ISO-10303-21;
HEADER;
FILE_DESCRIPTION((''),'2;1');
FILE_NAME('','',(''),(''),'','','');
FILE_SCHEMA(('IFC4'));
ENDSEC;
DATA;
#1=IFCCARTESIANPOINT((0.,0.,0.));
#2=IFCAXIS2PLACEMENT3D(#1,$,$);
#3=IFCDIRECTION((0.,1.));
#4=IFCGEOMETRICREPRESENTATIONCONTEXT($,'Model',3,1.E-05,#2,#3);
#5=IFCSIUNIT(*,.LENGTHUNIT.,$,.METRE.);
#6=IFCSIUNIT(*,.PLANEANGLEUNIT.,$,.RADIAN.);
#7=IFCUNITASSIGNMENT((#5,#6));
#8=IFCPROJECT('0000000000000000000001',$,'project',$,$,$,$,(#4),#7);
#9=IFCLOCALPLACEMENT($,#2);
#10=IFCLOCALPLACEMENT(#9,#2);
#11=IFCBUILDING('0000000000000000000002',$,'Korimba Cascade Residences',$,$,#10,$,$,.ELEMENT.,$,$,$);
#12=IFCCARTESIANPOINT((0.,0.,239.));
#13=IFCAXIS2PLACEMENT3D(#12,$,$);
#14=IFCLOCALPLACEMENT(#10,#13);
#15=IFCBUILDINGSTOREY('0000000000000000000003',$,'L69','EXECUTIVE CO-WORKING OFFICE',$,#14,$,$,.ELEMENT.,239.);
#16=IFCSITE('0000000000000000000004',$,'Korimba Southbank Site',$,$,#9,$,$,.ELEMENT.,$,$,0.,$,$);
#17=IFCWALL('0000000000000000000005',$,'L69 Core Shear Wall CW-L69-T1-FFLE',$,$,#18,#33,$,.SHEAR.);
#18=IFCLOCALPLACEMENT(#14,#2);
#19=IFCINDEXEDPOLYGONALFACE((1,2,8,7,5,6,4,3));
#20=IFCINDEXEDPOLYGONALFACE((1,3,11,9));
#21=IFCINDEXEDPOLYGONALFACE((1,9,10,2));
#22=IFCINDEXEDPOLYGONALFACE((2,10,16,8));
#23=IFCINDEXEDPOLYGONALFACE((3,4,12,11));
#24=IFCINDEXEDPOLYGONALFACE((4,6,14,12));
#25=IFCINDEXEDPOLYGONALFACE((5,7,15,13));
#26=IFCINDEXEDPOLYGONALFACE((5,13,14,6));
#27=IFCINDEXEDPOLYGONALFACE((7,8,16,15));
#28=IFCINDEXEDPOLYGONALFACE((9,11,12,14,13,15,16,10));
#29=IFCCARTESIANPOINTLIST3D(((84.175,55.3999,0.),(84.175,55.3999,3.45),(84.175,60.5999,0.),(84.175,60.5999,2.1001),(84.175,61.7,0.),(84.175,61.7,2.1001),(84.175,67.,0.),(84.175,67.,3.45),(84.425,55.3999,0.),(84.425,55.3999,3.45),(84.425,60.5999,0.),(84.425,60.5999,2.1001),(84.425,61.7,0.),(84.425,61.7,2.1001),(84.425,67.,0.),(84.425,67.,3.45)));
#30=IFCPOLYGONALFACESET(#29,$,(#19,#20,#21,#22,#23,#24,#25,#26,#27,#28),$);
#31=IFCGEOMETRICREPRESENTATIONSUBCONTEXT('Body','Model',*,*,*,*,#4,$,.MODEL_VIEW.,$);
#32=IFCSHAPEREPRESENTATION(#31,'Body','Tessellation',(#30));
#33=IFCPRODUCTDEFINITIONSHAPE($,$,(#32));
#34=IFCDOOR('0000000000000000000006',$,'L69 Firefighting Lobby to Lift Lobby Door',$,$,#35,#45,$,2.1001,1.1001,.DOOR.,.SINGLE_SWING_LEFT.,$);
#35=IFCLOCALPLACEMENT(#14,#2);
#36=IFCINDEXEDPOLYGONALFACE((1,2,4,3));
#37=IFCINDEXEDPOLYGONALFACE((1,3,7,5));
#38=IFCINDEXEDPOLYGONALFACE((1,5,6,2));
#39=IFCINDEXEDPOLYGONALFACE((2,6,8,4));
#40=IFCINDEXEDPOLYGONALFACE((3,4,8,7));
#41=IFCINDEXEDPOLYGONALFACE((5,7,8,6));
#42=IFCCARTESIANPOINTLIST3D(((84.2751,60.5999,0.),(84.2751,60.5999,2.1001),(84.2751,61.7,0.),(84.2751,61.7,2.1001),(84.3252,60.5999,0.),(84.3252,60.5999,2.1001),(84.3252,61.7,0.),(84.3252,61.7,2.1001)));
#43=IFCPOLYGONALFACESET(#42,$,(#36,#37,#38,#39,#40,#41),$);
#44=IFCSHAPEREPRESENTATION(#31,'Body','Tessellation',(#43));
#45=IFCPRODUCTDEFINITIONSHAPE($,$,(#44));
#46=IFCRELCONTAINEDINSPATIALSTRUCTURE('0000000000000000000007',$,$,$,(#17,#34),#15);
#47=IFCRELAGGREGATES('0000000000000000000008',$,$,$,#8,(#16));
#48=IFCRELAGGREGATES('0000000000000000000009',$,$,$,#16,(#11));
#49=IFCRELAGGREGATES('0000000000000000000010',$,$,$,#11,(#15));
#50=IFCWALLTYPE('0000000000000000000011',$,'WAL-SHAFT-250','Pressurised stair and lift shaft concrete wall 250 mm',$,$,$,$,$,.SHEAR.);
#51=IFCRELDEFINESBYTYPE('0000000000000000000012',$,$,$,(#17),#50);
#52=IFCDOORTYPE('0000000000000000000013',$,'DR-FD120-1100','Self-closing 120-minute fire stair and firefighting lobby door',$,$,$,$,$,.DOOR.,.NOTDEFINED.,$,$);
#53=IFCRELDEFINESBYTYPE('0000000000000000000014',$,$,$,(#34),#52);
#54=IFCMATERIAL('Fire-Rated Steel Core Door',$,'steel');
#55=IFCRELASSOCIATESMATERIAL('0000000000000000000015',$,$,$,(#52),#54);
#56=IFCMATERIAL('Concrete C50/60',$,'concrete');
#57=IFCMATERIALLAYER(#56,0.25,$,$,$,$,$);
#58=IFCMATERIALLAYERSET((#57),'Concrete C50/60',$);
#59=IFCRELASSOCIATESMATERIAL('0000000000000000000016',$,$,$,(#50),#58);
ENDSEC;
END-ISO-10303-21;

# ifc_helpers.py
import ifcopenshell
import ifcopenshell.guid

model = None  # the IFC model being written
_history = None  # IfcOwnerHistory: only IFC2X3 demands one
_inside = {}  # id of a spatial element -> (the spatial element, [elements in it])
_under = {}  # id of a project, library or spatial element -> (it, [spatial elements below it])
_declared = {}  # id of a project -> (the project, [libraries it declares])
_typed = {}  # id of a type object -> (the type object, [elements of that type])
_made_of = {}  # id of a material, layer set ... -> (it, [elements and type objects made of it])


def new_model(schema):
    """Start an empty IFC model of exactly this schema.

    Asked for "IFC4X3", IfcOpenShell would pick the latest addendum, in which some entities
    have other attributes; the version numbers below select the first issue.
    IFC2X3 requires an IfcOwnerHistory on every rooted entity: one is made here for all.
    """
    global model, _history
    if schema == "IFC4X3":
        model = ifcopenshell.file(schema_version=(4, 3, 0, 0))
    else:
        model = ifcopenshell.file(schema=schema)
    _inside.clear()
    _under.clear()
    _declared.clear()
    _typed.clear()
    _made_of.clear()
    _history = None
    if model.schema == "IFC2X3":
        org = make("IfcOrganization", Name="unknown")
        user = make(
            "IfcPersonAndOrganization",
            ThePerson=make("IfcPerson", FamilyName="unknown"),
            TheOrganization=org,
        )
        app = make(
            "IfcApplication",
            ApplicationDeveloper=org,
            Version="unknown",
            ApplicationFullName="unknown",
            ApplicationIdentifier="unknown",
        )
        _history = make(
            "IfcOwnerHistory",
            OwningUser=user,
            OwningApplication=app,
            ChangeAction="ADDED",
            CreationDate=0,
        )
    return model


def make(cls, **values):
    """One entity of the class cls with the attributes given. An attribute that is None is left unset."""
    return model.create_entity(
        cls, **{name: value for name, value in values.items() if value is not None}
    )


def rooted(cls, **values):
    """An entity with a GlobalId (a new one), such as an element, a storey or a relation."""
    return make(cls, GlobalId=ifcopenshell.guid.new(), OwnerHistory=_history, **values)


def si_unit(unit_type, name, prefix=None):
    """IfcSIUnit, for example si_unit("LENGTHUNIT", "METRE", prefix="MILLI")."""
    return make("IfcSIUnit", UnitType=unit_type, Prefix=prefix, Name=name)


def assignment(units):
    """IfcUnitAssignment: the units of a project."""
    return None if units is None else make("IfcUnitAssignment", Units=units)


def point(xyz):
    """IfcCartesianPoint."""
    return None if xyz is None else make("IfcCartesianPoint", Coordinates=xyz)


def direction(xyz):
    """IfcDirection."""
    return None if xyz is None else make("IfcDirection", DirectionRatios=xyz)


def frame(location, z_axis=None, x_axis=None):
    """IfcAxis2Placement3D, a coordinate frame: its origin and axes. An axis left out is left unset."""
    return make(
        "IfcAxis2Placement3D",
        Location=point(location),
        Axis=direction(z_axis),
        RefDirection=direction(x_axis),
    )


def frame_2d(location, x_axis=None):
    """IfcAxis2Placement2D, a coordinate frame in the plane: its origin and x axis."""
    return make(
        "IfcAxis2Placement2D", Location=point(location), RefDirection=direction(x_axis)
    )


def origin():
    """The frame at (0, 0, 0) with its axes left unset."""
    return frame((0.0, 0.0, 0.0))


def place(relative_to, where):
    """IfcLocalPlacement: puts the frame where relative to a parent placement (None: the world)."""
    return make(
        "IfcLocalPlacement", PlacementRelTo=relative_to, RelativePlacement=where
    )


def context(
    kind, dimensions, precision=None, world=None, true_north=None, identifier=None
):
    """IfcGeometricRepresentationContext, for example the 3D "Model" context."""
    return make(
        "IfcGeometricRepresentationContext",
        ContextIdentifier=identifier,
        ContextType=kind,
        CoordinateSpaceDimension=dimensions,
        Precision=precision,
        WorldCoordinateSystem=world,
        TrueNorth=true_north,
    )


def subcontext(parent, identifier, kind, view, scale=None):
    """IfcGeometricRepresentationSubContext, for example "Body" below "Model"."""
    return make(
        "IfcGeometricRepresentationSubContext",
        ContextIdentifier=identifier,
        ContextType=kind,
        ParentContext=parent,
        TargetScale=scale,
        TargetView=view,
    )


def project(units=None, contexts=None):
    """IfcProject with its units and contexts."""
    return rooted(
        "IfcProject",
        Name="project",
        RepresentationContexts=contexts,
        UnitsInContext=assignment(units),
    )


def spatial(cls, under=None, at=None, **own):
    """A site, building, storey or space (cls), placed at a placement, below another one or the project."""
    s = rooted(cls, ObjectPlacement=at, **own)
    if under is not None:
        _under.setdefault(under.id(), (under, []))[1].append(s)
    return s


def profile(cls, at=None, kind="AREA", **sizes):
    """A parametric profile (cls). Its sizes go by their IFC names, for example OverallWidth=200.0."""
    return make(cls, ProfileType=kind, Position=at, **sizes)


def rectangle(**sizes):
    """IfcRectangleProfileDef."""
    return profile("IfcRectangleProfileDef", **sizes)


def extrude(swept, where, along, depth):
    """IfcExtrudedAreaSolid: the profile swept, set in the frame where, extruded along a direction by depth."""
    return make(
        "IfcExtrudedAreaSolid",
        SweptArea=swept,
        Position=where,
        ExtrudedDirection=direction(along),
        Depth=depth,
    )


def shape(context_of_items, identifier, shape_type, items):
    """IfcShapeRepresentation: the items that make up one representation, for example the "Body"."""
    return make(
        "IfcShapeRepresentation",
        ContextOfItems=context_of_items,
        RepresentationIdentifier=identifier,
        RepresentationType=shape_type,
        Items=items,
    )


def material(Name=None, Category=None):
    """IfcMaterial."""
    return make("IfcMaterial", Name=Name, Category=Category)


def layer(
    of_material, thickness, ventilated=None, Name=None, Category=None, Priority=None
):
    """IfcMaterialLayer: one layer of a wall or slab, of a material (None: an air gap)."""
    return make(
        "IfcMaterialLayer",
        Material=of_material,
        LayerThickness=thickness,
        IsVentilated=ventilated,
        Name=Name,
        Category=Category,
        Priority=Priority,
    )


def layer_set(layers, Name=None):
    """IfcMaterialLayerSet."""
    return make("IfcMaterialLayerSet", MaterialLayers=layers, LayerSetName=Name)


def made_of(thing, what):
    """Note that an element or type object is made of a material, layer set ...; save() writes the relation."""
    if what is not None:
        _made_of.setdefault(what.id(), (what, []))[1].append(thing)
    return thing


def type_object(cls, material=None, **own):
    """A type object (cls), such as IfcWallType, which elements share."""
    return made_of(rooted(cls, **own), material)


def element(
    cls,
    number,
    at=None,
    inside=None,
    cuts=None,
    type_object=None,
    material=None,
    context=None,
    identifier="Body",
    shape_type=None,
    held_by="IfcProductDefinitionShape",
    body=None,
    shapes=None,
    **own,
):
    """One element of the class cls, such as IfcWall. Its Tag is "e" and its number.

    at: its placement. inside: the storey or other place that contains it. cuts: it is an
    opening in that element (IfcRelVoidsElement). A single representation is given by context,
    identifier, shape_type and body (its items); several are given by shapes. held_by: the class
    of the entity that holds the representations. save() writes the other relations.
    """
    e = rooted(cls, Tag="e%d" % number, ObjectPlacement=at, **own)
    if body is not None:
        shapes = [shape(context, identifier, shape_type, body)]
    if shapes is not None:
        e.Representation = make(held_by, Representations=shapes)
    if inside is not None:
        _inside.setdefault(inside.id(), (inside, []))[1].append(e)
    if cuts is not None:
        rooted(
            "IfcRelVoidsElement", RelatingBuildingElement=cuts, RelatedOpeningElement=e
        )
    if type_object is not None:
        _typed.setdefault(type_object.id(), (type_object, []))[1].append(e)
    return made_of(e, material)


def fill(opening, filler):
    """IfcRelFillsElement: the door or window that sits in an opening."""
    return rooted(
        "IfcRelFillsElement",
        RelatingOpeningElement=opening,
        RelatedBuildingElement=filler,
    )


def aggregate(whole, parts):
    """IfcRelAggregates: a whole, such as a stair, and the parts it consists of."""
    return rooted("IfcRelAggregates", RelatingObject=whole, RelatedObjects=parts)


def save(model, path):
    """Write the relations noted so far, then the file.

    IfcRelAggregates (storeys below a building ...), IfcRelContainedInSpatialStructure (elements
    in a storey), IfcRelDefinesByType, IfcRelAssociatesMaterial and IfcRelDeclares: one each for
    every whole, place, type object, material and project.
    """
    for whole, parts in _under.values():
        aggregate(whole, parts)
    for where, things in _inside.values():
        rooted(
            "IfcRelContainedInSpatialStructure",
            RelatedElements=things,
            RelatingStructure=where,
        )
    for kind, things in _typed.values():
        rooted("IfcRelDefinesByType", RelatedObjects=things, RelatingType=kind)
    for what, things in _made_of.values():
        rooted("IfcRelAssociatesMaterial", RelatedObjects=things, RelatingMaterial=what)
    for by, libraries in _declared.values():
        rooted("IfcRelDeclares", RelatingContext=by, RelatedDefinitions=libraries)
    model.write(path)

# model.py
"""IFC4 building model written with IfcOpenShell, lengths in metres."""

from ifc_helpers import new_model, si_unit, direction, frame, frame_2d, origin, place, context, subcontext, project, spatial, rectangle, extrude, material, layer, layer_set, type_object, element, fill, save


model = new_model("IFC4")

# Units and contexts
model_context = context("Model", 3, precision=1e-05, world=origin(), true_north=direction((0.0, 1.0)))
body_context = subcontext(model_context, "Body", "Model", "MODEL_VIEW")
ifc_project = project(units=[si_unit("LENGTHUNIT", "METRE"), si_unit("PLANEANGLEUNIT", "RADIAN")], contexts=[model_context])

# Site, building, storey
site_placement = place(None, origin())
site = spatial("IfcSite", under=ifc_project, at=site_placement, Name="Korimba Southbank Site", CompositionType="ELEMENT", RefElevation=0.0)
building_placement = place(site_placement, origin())
building = spatial("IfcBuilding", under=site, at=building_placement, Name="Korimba Cascade Residences", CompositionType="ELEMENT")
storey_placement = place(building_placement, frame((0.0, 0.0, 239.0)))
storey = spatial("IfcBuildingStorey", under=building, at=storey_placement, Name="L69", Description="EXECUTIVE CO-WORKING OFFICE", CompositionType="ELEMENT", Elevation=239.0)

# Shared definitions
ifc_material_1 = material(Name="Fire-Rated Steel Core Door", Category="steel")
door_type_1 = type_object("IfcDoorType", Name="DR-FD120-1100", Description="Self-closing 120-minute fire stair and firefighting lobby door", OperationType="NOTDEFINED", PredefinedType="DOOR", material=ifc_material_1)

# Shared definitions
ifc_material_2 = material(Name="Concrete C50/60", Category="concrete")
ifc_layer_1 = layer(ifc_material_2, 0.25)
ifc_layer_set_1 = layer_set([ifc_layer_1], Name="Concrete C50/60")
wall_type_1 = type_object("IfcWallType", Name="WAL-SHAFT-250", Description="Pressurised stair and lift shaft concrete wall 250 mm", PredefinedType="SHEAR", material=ifc_layer_set_1)

# Wall, opening, door
wall_1_placement = place(storey_placement, frame((84.3, 55.3999, 0.0), z_axis=(0.0, 0.0, 1.0), x_axis=(0.0, 1.0, 0.0)))
wall_1 = element("IfcWall", 1, at=wall_1_placement, inside=storey, type_object=wall_type_1, Name="L69 Core Shear Wall CW-L69-T1-FFLE", PredefinedType="SHEAR", context=body_context, shape_type="SweptSolid", body=[
    extrude(rectangle(XDim=11.6001, YDim=0.25, at=frame_2d((5.8, 0.0))), origin(), (0.0, 0.0, 1.0), 3.45),
])
opening_1_placement = place(wall_1_placement, frame((5.2, 0.0, 0.0)))
opening_1 = element("IfcOpeningElement", 2, at=opening_1_placement, cuts=wall_1, PredefinedType="OPENING", context=body_context, shape_type="SweptSolid", body=[
    extrude(rectangle(XDim=1.1001, YDim=2.1001, at=frame_2d((0.55, 1.05))), frame((0.0, 0.135, 0.0), z_axis=(0.0, -1.0, 0.0), x_axis=(1.0, 0.0, 0.0)), (0.0, 0.0, 1.0), 0.27),
])
door_1_placement = place(opening_1_placement, origin())
door_1 = element("IfcDoor", 3, at=door_1_placement, inside=storey, type_object=door_type_1, Name="L69 Firefighting Lobby to Lift Lobby Door", OperationType="SINGLE_SWING_LEFT", OverallHeight=2.1001, OverallWidth=1.1001, PredefinedType="DOOR", context=body_context, shape_type="SweptSolid", body=[
    extrude(rectangle(XDim=1.1001, YDim=2.1001, at=frame_2d((0.55, 1.05))), frame((0.0, 0.0249, 0.0), z_axis=(0.0, -1.0, 0.0), x_axis=(1.0, 0.0, 0.0)), (0.0, 0.0, 1.0), 0.05),
])
fill(opening_1, door_1)

save(model, "model.ifc")
